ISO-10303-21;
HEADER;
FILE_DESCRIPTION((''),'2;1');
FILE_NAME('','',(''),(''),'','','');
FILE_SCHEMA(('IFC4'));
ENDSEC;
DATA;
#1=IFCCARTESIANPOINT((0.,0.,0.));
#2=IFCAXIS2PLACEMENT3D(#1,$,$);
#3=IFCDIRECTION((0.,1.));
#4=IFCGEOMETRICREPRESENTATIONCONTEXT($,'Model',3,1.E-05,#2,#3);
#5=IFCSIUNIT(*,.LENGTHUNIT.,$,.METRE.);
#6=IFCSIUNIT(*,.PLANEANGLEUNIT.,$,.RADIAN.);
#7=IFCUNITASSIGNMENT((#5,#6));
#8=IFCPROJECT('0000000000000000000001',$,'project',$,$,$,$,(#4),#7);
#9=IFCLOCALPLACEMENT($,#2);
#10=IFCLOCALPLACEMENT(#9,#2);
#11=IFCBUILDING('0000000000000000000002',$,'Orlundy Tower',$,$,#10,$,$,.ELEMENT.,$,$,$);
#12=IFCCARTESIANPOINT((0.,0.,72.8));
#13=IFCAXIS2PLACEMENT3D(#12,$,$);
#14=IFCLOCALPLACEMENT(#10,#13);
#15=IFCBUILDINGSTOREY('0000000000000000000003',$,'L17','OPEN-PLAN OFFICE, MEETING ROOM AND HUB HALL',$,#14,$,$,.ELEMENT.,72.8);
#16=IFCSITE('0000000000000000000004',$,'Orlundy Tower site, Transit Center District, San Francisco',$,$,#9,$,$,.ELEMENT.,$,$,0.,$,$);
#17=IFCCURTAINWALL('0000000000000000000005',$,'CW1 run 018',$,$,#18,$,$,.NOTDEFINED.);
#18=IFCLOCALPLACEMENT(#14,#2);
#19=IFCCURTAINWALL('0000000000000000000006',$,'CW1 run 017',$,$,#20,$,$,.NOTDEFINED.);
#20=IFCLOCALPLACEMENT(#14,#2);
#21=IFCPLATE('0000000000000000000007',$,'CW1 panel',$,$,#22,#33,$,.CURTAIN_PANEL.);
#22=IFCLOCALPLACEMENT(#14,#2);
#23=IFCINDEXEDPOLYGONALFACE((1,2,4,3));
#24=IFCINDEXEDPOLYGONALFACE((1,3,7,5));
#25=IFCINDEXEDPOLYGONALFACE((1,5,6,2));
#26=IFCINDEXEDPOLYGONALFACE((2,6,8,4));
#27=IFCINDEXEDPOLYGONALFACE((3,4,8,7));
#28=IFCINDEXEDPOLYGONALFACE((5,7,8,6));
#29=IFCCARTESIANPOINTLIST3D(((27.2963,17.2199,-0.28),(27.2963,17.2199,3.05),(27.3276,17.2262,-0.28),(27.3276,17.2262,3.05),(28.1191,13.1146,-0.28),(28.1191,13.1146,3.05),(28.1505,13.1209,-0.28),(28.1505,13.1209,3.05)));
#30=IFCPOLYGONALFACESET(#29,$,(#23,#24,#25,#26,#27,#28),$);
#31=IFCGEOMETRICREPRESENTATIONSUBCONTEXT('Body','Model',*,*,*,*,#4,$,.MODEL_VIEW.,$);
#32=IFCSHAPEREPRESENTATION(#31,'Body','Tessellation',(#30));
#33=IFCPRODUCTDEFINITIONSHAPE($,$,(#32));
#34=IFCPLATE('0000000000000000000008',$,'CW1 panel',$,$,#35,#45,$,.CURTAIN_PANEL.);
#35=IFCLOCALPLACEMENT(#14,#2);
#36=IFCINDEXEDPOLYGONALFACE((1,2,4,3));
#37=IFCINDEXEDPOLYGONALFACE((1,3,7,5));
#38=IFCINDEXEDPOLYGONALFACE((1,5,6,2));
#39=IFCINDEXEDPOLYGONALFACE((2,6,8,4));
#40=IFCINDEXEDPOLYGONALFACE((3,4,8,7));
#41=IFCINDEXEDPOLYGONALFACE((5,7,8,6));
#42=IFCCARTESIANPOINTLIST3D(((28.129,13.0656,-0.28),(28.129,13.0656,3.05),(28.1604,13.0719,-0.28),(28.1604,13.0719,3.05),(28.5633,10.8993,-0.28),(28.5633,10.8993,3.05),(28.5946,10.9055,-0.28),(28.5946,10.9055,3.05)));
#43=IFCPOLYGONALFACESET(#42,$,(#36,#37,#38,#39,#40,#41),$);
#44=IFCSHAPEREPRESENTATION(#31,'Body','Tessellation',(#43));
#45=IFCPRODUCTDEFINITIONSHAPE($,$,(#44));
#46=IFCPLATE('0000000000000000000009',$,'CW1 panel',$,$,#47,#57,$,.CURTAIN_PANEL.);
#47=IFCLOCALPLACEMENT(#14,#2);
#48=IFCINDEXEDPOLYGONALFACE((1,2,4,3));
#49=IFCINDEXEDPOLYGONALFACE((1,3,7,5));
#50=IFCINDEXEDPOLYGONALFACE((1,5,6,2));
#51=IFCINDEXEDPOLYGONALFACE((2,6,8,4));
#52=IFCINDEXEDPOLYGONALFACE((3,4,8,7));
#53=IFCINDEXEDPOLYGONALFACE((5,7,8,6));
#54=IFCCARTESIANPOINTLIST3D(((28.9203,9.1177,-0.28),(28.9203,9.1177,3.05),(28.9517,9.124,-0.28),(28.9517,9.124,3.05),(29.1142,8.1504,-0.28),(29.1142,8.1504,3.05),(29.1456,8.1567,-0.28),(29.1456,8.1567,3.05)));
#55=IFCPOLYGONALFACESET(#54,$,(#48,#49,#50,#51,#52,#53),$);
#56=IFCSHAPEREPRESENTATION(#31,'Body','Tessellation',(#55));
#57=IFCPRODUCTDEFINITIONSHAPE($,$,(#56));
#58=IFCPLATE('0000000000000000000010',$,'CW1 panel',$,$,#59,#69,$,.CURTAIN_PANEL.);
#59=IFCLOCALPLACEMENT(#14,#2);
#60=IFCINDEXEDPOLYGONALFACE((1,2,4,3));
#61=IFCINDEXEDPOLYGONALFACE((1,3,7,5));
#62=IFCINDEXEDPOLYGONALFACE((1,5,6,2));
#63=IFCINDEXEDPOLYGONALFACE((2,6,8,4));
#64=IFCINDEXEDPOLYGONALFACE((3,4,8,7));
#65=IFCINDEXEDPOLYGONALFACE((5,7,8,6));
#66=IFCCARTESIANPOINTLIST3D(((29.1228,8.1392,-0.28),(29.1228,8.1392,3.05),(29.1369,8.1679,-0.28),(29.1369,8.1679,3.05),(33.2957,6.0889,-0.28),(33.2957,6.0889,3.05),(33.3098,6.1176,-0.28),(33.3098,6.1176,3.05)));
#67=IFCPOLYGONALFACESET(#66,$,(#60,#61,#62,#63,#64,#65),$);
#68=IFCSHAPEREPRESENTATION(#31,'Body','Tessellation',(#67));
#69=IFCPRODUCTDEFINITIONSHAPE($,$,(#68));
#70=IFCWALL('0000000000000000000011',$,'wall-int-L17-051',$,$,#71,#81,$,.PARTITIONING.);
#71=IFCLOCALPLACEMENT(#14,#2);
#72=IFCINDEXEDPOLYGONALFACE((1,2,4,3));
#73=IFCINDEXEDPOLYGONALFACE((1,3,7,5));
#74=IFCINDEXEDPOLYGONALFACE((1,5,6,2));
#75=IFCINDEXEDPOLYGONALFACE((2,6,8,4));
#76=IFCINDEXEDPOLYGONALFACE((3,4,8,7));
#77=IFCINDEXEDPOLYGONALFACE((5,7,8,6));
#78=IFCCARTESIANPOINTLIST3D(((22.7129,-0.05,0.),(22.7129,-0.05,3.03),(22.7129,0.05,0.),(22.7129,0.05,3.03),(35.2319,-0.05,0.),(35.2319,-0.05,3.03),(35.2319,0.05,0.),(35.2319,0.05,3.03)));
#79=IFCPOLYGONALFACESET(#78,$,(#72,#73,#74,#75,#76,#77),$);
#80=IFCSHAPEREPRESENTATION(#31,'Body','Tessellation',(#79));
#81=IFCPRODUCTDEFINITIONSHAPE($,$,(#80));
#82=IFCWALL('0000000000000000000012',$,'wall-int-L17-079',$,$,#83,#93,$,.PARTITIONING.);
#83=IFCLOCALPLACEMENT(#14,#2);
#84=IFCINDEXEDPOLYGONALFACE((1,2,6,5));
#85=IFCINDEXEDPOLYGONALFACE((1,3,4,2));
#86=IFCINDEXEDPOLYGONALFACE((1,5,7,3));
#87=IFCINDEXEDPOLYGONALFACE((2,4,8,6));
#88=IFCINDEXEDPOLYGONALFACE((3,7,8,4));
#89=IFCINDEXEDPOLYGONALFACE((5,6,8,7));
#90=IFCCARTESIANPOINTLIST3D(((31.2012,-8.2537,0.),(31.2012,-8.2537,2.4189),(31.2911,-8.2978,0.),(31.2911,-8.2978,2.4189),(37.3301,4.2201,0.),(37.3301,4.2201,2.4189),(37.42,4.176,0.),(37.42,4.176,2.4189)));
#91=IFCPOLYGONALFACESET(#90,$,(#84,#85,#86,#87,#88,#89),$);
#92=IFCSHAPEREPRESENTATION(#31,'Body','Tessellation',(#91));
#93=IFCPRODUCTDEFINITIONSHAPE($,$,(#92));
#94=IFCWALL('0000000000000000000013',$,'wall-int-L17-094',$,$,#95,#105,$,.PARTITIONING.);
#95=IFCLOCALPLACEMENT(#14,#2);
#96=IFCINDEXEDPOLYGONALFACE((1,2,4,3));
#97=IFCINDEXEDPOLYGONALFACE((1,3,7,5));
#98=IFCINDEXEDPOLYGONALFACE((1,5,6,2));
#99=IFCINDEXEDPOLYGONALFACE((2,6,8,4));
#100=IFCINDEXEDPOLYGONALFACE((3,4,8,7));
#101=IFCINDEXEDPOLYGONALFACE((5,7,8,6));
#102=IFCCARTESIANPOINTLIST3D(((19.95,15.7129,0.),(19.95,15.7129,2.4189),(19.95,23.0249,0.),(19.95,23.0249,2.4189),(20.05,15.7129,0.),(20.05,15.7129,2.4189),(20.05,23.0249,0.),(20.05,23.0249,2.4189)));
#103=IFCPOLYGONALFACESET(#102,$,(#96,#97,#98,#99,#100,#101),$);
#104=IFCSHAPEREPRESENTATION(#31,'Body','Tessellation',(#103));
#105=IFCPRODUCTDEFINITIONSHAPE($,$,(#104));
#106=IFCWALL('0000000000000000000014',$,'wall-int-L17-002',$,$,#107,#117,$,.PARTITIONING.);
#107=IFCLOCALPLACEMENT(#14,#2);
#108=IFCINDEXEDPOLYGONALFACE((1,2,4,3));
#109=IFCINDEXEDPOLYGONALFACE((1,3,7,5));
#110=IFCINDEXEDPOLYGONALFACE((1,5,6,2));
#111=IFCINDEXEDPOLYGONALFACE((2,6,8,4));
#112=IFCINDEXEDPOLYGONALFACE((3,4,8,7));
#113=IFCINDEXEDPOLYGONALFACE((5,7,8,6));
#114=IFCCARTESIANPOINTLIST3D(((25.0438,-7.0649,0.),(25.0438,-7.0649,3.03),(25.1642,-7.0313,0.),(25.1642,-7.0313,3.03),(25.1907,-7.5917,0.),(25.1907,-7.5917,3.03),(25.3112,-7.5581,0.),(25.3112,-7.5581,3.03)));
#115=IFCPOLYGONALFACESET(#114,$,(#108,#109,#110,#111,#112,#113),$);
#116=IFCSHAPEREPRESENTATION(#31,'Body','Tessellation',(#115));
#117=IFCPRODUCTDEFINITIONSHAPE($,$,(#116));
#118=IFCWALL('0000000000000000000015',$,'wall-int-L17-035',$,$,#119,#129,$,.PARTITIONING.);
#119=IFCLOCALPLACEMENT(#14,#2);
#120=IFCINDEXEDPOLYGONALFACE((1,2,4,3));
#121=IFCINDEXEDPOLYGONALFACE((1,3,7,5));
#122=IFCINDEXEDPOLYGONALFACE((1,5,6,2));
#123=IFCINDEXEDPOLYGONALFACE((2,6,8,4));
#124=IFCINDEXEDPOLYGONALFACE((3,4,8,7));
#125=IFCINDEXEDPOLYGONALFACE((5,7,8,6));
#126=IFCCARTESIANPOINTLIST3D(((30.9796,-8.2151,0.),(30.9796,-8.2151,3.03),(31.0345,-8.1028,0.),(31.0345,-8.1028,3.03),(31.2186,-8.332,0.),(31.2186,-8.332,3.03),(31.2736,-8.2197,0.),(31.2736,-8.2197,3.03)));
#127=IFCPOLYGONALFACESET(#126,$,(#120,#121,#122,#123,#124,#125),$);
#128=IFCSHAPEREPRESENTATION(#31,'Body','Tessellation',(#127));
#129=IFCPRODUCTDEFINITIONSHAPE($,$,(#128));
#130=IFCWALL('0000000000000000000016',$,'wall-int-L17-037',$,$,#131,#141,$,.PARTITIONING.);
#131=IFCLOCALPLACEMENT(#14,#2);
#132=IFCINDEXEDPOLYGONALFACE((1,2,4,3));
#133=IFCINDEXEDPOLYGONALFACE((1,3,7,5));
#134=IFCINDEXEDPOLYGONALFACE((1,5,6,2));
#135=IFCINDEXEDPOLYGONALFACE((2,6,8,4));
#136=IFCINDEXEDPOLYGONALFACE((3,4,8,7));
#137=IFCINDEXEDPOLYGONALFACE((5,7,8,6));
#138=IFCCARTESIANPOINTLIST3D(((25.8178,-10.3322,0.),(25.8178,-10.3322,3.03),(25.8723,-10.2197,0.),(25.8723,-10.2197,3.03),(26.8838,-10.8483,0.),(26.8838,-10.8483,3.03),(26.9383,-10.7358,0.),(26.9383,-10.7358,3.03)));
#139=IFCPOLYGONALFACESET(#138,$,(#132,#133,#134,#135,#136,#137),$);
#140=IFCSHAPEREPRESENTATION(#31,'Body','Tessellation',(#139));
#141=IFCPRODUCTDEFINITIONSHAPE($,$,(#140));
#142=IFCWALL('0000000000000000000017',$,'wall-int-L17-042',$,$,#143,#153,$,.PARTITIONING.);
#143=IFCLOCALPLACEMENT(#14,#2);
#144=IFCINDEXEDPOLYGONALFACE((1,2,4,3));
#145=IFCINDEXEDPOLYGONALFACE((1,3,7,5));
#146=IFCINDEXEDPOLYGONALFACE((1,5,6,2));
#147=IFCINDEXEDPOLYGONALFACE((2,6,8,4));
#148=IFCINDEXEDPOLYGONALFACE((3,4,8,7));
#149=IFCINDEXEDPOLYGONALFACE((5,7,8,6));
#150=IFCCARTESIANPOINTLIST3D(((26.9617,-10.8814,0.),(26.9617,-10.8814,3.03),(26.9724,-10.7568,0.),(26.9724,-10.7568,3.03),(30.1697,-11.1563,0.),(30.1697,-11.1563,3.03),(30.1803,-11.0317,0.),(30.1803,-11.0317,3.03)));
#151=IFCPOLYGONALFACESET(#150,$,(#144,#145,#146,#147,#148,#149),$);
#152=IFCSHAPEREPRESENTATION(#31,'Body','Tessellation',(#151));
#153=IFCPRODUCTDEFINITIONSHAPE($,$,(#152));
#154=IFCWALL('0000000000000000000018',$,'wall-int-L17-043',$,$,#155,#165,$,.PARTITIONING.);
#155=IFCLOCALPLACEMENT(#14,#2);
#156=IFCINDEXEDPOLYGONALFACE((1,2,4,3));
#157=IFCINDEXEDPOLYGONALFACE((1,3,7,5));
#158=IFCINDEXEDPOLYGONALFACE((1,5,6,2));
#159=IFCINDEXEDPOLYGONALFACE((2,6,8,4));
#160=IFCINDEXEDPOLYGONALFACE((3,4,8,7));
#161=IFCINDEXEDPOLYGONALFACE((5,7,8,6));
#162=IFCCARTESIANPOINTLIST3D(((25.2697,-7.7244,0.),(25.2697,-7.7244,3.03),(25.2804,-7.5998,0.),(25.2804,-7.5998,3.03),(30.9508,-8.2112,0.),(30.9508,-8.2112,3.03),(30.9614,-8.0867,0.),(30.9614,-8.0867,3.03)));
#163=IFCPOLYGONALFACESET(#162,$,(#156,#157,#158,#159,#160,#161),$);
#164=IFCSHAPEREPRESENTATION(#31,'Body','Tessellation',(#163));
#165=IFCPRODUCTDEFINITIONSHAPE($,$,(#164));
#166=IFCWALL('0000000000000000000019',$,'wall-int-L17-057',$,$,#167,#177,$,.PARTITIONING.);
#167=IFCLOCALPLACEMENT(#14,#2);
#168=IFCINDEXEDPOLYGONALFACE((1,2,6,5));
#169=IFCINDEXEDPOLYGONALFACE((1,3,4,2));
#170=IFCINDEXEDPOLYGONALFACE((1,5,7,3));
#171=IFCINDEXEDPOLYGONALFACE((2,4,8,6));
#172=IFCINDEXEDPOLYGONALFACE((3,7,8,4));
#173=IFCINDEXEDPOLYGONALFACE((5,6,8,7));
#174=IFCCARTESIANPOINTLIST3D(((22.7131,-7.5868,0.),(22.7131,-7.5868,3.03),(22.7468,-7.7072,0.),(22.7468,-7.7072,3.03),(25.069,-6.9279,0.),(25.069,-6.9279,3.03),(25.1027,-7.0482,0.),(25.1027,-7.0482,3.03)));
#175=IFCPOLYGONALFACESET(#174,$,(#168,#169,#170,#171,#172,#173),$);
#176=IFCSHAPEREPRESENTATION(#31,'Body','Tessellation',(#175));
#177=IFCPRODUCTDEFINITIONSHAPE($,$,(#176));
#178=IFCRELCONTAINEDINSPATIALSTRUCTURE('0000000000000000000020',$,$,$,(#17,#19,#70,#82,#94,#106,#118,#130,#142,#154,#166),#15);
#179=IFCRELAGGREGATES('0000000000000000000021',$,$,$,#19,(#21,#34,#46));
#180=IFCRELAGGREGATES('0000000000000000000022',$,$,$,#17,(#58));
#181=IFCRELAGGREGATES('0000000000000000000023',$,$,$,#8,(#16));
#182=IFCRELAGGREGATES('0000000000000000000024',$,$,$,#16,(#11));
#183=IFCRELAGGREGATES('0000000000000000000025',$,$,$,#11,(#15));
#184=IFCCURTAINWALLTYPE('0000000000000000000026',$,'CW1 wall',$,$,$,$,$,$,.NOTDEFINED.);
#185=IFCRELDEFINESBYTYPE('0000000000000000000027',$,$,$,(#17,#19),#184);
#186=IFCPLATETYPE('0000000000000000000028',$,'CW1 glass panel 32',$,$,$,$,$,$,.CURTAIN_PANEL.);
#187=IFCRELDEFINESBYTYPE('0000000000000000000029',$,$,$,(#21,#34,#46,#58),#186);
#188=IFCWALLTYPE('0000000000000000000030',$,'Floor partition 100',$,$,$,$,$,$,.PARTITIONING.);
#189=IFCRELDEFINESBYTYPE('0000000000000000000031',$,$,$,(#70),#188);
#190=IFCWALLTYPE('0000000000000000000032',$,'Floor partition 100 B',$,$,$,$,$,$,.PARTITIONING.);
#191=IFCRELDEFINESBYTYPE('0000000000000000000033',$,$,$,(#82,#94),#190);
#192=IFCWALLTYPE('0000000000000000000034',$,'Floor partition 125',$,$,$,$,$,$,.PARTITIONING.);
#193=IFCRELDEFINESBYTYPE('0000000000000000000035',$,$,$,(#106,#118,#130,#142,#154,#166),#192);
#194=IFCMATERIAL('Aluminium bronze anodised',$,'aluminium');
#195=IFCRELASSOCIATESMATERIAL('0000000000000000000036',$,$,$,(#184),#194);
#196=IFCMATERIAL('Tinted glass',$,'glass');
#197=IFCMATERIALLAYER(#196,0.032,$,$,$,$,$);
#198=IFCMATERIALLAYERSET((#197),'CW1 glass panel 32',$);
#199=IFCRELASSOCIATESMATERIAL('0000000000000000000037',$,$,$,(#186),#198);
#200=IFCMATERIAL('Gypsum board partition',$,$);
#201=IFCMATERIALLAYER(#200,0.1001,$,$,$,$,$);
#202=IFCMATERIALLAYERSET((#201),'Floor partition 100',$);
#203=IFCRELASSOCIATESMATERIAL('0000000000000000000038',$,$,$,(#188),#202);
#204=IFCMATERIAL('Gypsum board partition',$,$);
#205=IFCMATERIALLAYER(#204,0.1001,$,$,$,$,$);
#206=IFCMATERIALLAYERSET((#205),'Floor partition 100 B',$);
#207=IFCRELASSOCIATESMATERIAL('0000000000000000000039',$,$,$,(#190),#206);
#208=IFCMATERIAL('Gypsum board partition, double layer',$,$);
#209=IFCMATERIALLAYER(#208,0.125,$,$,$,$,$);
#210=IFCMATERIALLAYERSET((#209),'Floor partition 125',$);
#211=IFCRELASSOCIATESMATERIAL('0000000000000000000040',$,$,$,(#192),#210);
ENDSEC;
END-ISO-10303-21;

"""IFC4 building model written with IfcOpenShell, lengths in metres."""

from ifc_helpers import new_model, si_unit, direction, frame, frame_2d, origin, origin_2d, place, context, subcontext, project, spatial, rectangle, extrude, material, layer, layer_set, type_object, element, aggregate, save


model = new_model("IFC4")

# Units and contexts
model_context = context("Model", 3, precision=1e-05, world=origin(), true_north=direction((0.0, 1.0)))
body_context = subcontext(model_context, "Body", "Model", "MODEL_VIEW")
ifc_project = project(units=[si_unit("LENGTHUNIT", "METRE"), si_unit("PLANEANGLEUNIT", "RADIAN")], contexts=[model_context])

# Site, building, storey
site_placement = place(None, origin())
site = spatial("IfcSite", under=ifc_project, at=site_placement, Name="Orlundy Tower site, Transit Center District, San Francisco", CompositionType="ELEMENT", RefElevation=0.0)
building_placement = place(site_placement, origin())
building = spatial("IfcBuilding", under=site, at=building_placement, Name="Orlundy Tower", CompositionType="ELEMENT")
storey_placement = place(building_placement, frame((0.0, 0.0, 72.8)))
storey = spatial("IfcBuildingStorey", under=building, at=storey_placement, Name="L17", Description="OPEN-PLAN OFFICE, MEETING ROOM AND HUB HALL", CompositionType="ELEMENT", Elevation=72.8)

# Curtain walls
ifc_material_1 = material(Name="Aluminium bronze anodised", Category="aluminium")
curtain_wall_type = type_object("IfcCurtainWallType", Name="CW1 wall", PredefinedType="NOTDEFINED", material=ifc_material_1)
curtain_wall_1_placement = place(storey_placement, origin())
curtain_wall_1 = element("IfcCurtainWall", 1, at=curtain_wall_1_placement, inside=storey, type_object=curtain_wall_type, Name="CW1 run 018", PredefinedType="NOTDEFINED")
curtain_wall_2_placement = place(storey_placement, origin())
curtain_wall_2 = element("IfcCurtainWall", 2, at=curtain_wall_2_placement, inside=storey, type_object=curtain_wall_type, Name="CW1 run 017", PredefinedType="NOTDEFINED")

# Plates
ifc_material_2 = material(Name="Tinted glass", Category="glass")
ifc_layer_1 = layer(ifc_material_2, 0.032)
ifc_layer_set_1 = layer_set([ifc_layer_1], Name="CW1 glass panel 32")
plate_type = type_object("IfcPlateType", Name="CW1 glass panel 32", PredefinedType="CURTAIN_PANEL", material=ifc_layer_set_1)
plate_1_placement = place(storey_placement, frame((27.7234, 15.1704, -0.28), z_axis=(0.0, 0.0, 1.0), x_axis=(0.196529, -0.980498, 0.0)))
plate_1 = element("IfcPlate", 3, at=plate_1_placement, type_object=plate_type, Name="CW1 panel", PredefinedType="CURTAIN_PANEL", context=body_context, shape_type="SweptSolid", body=[
    extrude(rectangle(XDim=4.187, YDim=0.032, at=origin_2d()), origin(), (0.0, 0.0, 1.0), 3.3301),
])
plate_2_placement = place(storey_placement, frame((28.3618, 11.9856, -0.28), z_axis=(0.0, 0.0, 1.0), x_axis=(0.196529, -0.980498, 0.0)))
plate_2 = element("IfcPlate", 4, at=plate_2_placement, type_object=plate_type, Name="CW1 panel", PredefinedType="CURTAIN_PANEL", context=body_context, shape_type="SweptSolid", body=[
    extrude(rectangle(XDim=2.2095, YDim=0.032, at=origin_2d()), origin(), (0.0, 0.0, 1.0), 3.3301),
])
plate_3_placement = place(storey_placement, frame((29.033, 8.6372, -0.28), z_axis=(0.0, 0.0, 1.0), x_axis=(0.196529, -0.980498, 0.0)))
plate_3 = element("IfcPlate", 5, at=plate_3_placement, type_object=plate_type, Name="CW1 panel", PredefinedType="CURTAIN_PANEL", context=body_context, shape_type="SweptSolid", body=[
    extrude(rectangle(XDim=0.9866, YDim=0.032, at=origin_2d()), origin(), (0.0, 0.0, 1.0), 3.3301),
])
aggregate(curtain_wall_2, [plate_1, plate_2, plate_3])
plate_4_placement = place(storey_placement, frame((31.2163, 7.1284, -0.28), z_axis=(0.0, 0.0, 1.0), x_axis=(0.897518, -0.440978, 0.0)))
plate_4 = element("IfcPlate", 6, at=plate_4_placement, type_object=plate_type, Name="CW1 panel", PredefinedType="CURTAIN_PANEL", context=body_context, shape_type="SweptSolid", body=[
    extrude(rectangle(XDim=4.6494, YDim=0.032, at=origin_2d()), origin(), (0.0, 0.0, 1.0), 3.3301),
])
aggregate(curtain_wall_1, [plate_4])

# Walls
ifc_material_3 = material(Name="Gypsum board partition")
ifc_layer_2 = layer(ifc_material_3, 0.1001)
ifc_layer_set_2 = layer_set([ifc_layer_2], Name="Floor partition 100")
wall_type_1 = type_object("IfcWallType", Name="Floor partition 100", PredefinedType="PARTITIONING", material=ifc_layer_set_2)
wall_1_placement = place(storey_placement, frame((22.7129, 0.0, 0.0), z_axis=(0.0, 0.0, 1.0), x_axis=(1.0, 0.0, 0.0)))
element("IfcWall", 7, at=wall_1_placement, inside=storey, type_object=wall_type_1, Name="wall-int-L17-051", PredefinedType="PARTITIONING", context=body_context, shape_type="SweptSolid", body=[
    extrude(rectangle(XDim=12.519, YDim=0.1001, at=frame_2d((6.2595, 0.0))), origin(), (0.0, 0.0, 1.0), 3.03),
])
ifc_material_4 = material(Name="Gypsum board partition")
ifc_layer_3 = layer(ifc_material_4, 0.1001)
ifc_layer_set_3 = layer_set([ifc_layer_3], Name="Floor partition 100 B")
wall_type_2 = type_object("IfcWallType", Name="Floor partition 100 B", PredefinedType="PARTITIONING", material=ifc_layer_set_3)
wall_2_placement = place(storey_placement, frame((31.2461, -8.2759, 0.0), z_axis=(0.0, 0.0, 1.0), x_axis=(0.440984, 0.897515, 0.0)))
element("IfcWall", 8, at=wall_2_placement, inside=storey, type_object=wall_type_2, Name="wall-int-L17-079", PredefinedType="PARTITIONING", context=body_context, shape_type="SweptSolid", body=[
    extrude(rectangle(XDim=13.8982, YDim=0.1001, at=frame_2d((6.9492, 0.0))), origin(), (0.0, 0.0, 1.0), 2.4189),
])
wall_3_placement = place(storey_placement, frame((20.0, 15.7129, 0.0), z_axis=(0.0, 0.0, 1.0), x_axis=(0.0, 1.0, 0.0)))
element("IfcWall", 9, at=wall_3_placement, inside=storey, type_object=wall_type_2, Name="wall-int-L17-094", PredefinedType="PARTITIONING", context=body_context, shape_type="SweptSolid", body=[
    extrude(rectangle(XDim=7.312, YDim=0.1001, at=frame_2d((3.656, 0.0))), origin(), (0.0, 0.0, 1.0), 2.4189),
])
ifc_material_5 = material(Name="Gypsum board partition, double layer")
ifc_layer_4 = layer(ifc_material_5, 0.125)
ifc_layer_set_4 = layer_set([ifc_layer_4], Name="Floor partition 125")
wall_type_3 = type_object("IfcWallType", Name="Floor partition 125", PredefinedType="PARTITIONING", material=ifc_layer_set_4)
wall_4_placement = place(storey_placement, frame((25.104, -7.0481, 0.0), z_axis=(0.0, 0.0, 1.0), x_axis=(0.268703, -0.963223, 0.0)))
element("IfcWall", 10, at=wall_4_placement, inside=storey, type_object=wall_type_3, Name="wall-int-L17-002", PredefinedType="PARTITIONING", context=body_context, shape_type="SweptSolid", body=[
    extrude(rectangle(XDim=0.5469, YDim=0.125, at=frame_2d((0.2734, 0.0))), origin(), (0.0, 0.0, 1.0), 3.03),
])
wall_5_placement = place(storey_placement, frame((31.0071, -8.1589, 0.0), z_axis=(0.0, 0.0, 1.0), x_axis=(0.898248, -0.43949, 0.0)))
element("IfcWall", 11, at=wall_5_placement, inside=storey, type_object=wall_type_3, Name="wall-int-L17-035", PredefinedType="PARTITIONING", context=body_context, shape_type="SweptSolid", body=[
    extrude(rectangle(XDim=0.2661, YDim=0.125, at=frame_2d((0.1331, 0.0))), origin(), (0.0, 0.0, 1.0), 3.03),
])
wall_6_placement = place(storey_placement, frame((25.845, -10.2759, 0.0), z_axis=(0.0, 0.0, 1.0), x_axis=(0.900045, -0.435798, 0.0)))
element("IfcWall", 12, at=wall_6_placement, inside=storey, type_object=wall_type_3, Name="wall-int-L17-037", PredefinedType="PARTITIONING", context=body_context, shape_type="SweptSolid", body=[
    extrude(rectangle(XDim=1.1843, YDim=0.125, at=frame_2d((0.5923, 0.0))), origin(), (0.0, 0.0, 1.0), 3.03),
])
wall_7_placement = place(storey_placement, frame((26.967, -10.8191, 0.0), z_axis=(0.0, 0.0, 1.0), x_axis=(0.996348, -0.08538, 0.0)))
element("IfcWall", 13, at=wall_7_placement, inside=storey, type_object=wall_type_3, Name="wall-int-L17-042", PredefinedType="PARTITIONING", context=body_context, shape_type="SweptSolid", body=[
    extrude(rectangle(XDim=3.2197, YDim=0.125, at=frame_2d((1.6099, 0.0))), origin(), (0.0, 0.0, 1.0), 3.03),
])
wall_8_placement = place(storey_placement, frame((25.2749, -7.6621, 0.0), z_axis=(0.0, 0.0, 1.0), x_axis=(0.996349, -0.085377, 0.0)))
element("IfcWall", 14, at=wall_8_placement, inside=storey, type_object=wall_type_3, Name="wall-int-L17-043", PredefinedType="PARTITIONING", context=body_context, shape_type="SweptSolid", body=[
    extrude(rectangle(XDim=5.7019, YDim=0.125, at=frame_2d((2.8511, 0.0))), origin(), (0.0, 0.0, 1.0), 3.03),
])
wall_9_placement = place(storey_placement, frame((22.73, -7.647, 0.0), z_axis=(0.0, 0.0, 1.0), x_axis=(0.963042, 0.269352, 0.0)))
element("IfcWall", 15, at=wall_9_placement, inside=storey, type_object=wall_type_3, Name="wall-int-L17-057", PredefinedType="PARTITIONING", context=body_context, shape_type="SweptSolid", body=[
    extrude(rectangle(XDim=2.4463, YDim=0.125, at=frame_2d((1.2231, 0.0))), origin(), (0.0, 0.0, 1.0), 3.03),
])

save(model, "model.ifc")
